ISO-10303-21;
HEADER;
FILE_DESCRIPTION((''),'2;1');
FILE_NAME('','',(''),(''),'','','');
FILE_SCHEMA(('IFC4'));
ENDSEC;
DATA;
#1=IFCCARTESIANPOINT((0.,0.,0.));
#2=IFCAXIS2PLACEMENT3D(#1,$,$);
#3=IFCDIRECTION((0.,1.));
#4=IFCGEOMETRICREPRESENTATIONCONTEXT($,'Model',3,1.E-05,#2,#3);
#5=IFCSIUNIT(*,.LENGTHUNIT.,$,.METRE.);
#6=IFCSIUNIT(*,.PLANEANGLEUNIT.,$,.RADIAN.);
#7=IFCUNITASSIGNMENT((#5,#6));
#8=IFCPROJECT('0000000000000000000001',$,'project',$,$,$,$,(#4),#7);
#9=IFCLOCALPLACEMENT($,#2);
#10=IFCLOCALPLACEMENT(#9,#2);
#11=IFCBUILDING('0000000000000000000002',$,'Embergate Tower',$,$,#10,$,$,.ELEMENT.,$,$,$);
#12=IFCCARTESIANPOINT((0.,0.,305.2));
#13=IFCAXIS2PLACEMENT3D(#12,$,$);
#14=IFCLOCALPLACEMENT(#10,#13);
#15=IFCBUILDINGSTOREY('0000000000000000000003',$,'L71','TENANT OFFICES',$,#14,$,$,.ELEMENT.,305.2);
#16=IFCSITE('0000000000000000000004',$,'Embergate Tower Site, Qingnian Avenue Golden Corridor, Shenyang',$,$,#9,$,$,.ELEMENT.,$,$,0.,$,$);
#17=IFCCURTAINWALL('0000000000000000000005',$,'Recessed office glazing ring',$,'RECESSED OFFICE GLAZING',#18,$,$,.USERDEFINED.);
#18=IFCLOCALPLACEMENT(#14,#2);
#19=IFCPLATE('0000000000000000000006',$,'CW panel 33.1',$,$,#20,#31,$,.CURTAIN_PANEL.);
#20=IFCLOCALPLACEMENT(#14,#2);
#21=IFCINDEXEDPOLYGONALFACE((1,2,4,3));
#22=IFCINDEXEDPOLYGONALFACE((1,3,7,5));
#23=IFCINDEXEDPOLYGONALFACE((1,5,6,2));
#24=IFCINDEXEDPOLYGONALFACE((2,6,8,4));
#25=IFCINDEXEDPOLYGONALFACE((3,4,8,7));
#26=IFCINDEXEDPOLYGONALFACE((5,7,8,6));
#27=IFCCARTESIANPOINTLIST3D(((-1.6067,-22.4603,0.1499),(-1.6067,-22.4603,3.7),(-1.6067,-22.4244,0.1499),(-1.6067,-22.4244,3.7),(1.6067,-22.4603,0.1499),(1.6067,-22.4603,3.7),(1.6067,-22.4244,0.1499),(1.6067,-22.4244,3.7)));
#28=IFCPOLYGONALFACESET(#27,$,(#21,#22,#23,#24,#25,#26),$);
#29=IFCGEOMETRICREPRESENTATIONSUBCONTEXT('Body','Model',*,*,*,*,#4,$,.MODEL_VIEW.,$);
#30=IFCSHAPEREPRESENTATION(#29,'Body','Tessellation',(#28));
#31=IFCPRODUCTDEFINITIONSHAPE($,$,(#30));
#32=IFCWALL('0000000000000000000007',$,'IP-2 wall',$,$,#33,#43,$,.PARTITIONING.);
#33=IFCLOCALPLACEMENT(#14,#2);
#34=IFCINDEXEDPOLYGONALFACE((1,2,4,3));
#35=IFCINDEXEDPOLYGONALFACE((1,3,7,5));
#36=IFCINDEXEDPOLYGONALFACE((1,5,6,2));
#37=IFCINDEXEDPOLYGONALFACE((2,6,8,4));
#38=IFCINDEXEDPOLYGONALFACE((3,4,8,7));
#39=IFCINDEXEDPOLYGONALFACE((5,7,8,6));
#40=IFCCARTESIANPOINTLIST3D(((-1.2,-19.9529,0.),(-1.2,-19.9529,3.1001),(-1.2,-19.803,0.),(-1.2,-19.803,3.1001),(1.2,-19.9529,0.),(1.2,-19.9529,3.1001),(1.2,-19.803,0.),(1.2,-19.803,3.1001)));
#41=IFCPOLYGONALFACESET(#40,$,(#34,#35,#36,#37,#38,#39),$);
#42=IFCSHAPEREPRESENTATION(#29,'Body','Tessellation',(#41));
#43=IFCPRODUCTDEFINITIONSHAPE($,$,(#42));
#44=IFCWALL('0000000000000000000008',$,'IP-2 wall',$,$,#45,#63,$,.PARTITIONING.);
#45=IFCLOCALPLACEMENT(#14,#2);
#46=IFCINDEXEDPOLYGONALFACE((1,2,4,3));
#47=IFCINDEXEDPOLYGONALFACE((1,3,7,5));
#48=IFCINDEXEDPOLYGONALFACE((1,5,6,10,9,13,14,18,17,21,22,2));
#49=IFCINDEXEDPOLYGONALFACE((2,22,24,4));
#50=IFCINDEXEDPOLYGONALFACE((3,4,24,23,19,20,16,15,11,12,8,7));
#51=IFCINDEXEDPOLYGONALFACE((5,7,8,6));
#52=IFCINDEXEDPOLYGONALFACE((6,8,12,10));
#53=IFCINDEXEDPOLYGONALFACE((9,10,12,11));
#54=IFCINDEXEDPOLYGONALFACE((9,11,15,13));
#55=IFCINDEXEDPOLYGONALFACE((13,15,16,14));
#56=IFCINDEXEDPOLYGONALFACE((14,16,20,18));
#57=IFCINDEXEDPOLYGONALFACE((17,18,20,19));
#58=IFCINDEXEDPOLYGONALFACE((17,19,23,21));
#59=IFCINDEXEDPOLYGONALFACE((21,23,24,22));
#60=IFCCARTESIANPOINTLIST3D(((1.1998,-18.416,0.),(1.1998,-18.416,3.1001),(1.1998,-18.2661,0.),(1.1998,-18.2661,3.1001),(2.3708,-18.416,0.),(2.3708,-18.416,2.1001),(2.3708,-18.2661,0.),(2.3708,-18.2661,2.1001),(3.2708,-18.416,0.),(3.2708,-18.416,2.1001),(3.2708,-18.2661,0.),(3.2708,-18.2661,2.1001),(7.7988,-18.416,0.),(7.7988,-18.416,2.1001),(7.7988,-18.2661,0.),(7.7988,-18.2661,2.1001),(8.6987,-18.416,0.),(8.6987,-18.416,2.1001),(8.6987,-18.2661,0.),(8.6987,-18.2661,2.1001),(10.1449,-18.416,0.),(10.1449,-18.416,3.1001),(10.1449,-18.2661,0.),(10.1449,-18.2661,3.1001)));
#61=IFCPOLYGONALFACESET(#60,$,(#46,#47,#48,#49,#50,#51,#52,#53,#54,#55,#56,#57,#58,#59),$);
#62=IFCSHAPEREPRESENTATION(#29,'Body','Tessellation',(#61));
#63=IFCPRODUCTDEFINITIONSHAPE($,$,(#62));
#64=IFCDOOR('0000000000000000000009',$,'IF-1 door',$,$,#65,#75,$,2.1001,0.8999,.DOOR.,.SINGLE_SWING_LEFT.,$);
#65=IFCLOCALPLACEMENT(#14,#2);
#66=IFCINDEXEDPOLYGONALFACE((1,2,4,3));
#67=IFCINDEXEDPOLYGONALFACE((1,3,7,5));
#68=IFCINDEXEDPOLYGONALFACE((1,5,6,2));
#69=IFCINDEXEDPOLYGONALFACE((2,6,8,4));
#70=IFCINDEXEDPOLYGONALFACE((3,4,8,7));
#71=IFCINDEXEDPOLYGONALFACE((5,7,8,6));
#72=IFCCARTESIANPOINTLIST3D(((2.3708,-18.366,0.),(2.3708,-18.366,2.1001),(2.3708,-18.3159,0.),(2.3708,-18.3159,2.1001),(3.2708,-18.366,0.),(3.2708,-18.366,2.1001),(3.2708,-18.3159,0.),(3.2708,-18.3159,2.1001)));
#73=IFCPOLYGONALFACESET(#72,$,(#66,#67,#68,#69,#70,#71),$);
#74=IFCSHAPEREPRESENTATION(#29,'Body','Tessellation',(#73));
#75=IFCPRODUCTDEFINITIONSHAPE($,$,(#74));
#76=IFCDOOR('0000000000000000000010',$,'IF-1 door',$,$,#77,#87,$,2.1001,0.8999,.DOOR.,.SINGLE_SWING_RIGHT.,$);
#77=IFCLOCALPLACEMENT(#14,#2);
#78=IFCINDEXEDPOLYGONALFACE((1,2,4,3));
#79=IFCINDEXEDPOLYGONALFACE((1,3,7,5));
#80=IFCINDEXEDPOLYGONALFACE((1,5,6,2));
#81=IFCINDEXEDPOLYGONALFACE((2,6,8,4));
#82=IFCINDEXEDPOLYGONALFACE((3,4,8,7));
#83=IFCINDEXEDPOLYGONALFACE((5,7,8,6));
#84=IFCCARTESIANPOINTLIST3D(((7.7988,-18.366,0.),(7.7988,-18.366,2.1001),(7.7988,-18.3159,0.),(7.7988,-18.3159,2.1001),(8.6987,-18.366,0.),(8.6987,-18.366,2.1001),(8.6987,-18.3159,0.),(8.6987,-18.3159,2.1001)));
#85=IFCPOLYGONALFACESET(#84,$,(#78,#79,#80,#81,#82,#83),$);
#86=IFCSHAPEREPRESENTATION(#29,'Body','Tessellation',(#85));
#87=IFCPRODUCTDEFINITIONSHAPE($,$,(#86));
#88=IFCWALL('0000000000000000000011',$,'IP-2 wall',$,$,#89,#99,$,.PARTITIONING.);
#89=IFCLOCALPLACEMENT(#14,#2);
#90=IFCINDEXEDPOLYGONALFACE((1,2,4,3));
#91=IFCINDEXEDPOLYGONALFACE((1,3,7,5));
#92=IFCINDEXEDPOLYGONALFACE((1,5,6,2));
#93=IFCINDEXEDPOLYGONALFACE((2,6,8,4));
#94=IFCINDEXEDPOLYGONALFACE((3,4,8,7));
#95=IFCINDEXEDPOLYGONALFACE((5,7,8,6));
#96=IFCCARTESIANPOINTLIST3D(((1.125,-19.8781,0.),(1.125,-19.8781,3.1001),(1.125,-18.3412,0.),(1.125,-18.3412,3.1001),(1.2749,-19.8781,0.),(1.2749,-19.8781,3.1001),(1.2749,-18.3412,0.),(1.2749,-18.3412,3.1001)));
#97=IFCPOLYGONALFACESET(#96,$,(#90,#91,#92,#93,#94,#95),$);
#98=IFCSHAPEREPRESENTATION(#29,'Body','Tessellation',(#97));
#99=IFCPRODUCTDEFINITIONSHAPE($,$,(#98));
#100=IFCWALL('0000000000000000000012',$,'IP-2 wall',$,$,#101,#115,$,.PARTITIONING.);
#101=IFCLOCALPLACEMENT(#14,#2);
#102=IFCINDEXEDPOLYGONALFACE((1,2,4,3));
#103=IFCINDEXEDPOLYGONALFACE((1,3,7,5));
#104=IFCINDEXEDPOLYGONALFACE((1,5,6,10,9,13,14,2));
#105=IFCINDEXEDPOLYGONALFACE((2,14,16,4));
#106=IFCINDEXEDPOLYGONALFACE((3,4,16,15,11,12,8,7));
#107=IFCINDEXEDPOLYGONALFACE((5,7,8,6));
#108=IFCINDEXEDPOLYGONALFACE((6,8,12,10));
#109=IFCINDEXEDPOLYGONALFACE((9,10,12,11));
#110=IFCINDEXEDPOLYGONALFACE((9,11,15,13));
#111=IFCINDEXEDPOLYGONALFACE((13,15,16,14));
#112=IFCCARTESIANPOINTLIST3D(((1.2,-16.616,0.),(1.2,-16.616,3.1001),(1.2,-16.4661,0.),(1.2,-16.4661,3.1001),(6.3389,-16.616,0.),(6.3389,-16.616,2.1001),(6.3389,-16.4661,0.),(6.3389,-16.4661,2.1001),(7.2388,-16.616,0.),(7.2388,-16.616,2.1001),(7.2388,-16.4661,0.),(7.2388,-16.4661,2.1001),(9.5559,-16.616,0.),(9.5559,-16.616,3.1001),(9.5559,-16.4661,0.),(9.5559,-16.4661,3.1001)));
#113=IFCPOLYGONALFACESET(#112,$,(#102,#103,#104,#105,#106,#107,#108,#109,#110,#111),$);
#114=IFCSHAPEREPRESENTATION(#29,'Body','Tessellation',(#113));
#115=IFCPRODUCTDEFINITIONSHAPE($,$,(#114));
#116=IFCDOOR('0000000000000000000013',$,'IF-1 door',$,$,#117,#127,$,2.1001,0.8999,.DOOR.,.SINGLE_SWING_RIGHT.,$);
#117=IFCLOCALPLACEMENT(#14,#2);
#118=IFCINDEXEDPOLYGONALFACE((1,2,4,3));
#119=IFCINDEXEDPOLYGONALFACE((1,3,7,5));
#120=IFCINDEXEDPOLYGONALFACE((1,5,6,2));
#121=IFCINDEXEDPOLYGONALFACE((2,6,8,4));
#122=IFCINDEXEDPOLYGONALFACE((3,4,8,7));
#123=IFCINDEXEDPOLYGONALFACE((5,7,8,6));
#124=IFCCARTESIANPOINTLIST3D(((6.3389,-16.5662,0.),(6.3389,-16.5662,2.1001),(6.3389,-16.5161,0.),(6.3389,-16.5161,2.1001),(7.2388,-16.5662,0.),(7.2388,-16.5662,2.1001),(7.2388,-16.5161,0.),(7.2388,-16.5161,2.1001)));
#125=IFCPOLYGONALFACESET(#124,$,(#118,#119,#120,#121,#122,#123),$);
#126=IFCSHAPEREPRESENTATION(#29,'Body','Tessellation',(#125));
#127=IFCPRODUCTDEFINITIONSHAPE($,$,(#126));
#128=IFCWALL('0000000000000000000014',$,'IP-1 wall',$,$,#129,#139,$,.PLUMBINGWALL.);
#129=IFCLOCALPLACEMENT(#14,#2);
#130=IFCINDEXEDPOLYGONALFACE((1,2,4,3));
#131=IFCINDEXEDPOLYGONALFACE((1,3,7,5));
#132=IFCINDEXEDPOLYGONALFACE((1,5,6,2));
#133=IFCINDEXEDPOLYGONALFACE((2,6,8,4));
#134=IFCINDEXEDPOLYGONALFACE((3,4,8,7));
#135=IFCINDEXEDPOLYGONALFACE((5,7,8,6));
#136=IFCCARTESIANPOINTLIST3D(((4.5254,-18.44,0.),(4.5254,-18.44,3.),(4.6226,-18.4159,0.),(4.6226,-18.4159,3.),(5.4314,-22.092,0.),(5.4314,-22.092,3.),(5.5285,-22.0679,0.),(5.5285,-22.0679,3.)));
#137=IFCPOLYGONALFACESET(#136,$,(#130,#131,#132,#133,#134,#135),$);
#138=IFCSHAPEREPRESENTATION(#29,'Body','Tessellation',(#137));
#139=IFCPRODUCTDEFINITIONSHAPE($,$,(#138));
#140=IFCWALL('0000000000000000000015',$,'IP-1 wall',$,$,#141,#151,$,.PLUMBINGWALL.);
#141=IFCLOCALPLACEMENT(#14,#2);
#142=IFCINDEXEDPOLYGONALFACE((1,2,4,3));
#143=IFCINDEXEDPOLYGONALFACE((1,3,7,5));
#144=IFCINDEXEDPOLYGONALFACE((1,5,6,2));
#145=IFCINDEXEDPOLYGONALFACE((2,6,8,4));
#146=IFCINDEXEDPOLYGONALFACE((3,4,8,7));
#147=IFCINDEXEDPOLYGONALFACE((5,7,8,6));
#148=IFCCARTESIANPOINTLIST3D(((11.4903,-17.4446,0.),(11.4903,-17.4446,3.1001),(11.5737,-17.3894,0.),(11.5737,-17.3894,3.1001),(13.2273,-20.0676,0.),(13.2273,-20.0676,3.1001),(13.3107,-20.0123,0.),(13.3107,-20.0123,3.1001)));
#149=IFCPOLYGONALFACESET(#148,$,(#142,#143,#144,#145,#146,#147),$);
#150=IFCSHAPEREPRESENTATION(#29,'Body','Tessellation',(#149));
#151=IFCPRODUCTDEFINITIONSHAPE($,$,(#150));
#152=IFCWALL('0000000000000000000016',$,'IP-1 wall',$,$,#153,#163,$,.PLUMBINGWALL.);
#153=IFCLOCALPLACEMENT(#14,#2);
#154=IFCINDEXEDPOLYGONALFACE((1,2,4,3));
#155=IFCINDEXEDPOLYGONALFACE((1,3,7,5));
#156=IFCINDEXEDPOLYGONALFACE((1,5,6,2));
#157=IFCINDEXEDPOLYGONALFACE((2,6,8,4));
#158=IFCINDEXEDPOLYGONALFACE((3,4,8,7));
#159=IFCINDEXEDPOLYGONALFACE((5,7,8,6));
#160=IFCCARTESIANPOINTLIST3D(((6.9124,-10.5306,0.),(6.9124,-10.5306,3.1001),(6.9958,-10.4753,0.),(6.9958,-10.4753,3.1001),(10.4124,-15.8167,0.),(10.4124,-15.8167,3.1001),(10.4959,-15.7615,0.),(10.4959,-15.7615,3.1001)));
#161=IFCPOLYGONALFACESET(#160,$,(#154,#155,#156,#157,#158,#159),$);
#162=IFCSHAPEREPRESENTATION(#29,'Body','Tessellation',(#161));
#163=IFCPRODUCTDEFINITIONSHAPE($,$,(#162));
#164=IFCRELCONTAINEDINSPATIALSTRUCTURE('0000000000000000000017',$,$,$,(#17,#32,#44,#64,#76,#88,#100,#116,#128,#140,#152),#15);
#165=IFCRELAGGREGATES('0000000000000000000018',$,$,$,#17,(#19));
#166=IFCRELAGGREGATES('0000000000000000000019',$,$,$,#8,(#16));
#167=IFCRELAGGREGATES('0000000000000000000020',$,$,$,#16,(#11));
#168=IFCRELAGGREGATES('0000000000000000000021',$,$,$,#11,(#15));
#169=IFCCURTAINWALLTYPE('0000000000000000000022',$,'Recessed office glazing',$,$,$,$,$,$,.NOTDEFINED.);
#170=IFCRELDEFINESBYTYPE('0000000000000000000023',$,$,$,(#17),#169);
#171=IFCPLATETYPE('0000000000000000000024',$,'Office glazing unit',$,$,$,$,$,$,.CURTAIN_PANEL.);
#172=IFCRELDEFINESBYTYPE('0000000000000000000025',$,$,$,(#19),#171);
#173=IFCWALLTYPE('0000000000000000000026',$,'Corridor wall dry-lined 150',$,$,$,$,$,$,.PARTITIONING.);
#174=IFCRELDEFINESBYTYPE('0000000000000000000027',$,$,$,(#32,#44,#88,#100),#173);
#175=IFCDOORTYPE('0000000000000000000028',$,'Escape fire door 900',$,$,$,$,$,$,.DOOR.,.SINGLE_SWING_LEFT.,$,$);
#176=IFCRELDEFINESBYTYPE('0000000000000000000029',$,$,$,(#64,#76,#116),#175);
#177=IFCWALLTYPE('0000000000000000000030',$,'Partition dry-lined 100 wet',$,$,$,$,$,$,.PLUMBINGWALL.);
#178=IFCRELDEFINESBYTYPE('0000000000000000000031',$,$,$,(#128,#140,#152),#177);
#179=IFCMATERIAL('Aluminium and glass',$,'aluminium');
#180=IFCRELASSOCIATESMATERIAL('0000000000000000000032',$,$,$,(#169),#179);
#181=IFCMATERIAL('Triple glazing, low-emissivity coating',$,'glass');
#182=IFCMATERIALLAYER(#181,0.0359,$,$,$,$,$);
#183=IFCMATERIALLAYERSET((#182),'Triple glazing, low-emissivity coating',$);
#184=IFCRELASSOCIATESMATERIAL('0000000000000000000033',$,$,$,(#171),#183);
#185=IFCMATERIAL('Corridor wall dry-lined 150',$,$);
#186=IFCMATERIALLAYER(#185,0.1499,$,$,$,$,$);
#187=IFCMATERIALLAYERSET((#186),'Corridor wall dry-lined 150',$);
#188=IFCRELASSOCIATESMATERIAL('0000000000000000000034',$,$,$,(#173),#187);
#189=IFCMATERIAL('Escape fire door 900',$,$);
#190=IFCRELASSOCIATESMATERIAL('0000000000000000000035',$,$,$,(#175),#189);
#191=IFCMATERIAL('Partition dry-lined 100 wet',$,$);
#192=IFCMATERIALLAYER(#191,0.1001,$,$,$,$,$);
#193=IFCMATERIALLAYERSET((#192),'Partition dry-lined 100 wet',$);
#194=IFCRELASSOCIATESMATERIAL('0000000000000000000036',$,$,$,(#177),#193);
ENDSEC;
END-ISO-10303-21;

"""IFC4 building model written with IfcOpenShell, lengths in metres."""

from ifc_helpers import new_model, si_unit, direction, frame, frame_2d, origin, origin_2d, place, context, subcontext, project, spatial, rectangle, extrude, source, transform, mapped, material, layer, layer_set, type_object, element, fill, aggregate, save


model = new_model("IFC4")

# Units and contexts
model_context = context("Model", 3, precision=1e-05, world=origin(), true_north=direction((0.0, 1.0)))
body_context = subcontext(model_context, "Body", "Model", "MODEL_VIEW")
ifc_project = project(units=[si_unit("LENGTHUNIT", "METRE"), si_unit("PLANEANGLEUNIT", "RADIAN")], contexts=[model_context])

# Site, building, storey
site_placement = place(None, origin())
site = spatial("IfcSite", under=ifc_project, at=site_placement, Name="Embergate Tower Site, Qingnian Avenue Golden Corridor, Shenyang", CompositionType="ELEMENT", RefElevation=0.0)
building_placement = place(site_placement, origin())
building = spatial("IfcBuilding", under=site, at=building_placement, Name="Embergate Tower", CompositionType="ELEMENT")
storey_placement = place(building_placement, frame((0.0, 0.0, 305.2)))
storey = spatial("IfcBuildingStorey", under=building, at=storey_placement, Name="L71", Description="TENANT OFFICES", CompositionType="ELEMENT", Elevation=305.2)

# Curtain wall
ifc_material_1 = material(Name="Aluminium and glass", Category="aluminium")
curtain_wall_type = type_object("IfcCurtainWallType", Name="Recessed office glazing", PredefinedType="NOTDEFINED", material=ifc_material_1)
curtain_wall_placement = place(storey_placement, origin())
curtain_wall = element("IfcCurtainWall", 1, at=curtain_wall_placement, inside=storey, type_object=curtain_wall_type, Name="Recessed office glazing ring", ObjectType="RECESSED OFFICE GLAZING", PredefinedType="USERDEFINED")

# Plate
ifc_material_2 = material(Name="Triple glazing, low-emissivity coating", Category="glass")
ifc_layer_1 = layer(ifc_material_2, 0.0359)
ifc_layer_set_1 = layer_set([ifc_layer_1], Name="Triple glazing, low-emissivity coating")
plate_type = type_object("IfcPlateType", Name="Office glazing unit", PredefinedType="CURTAIN_PANEL", material=ifc_layer_set_1)
shared_shape_1 = source(origin(), body_context, "Body", "SweptSolid", [
    extrude(rectangle(XDim=3.2134, YDim=0.0359, at=origin_2d()), origin(), (0.0, 0.0, 1.0), 3.55),
])
plate_1_placement = place(storey_placement, frame((0.0, -22.4424, 0.1499), z_axis=(0.0, 0.0, 1.0), x_axis=(1.0, 0.0, 0.0)))
plate_1 = element("IfcPlate", 2, at=plate_1_placement, type_object=plate_type, Name="CW panel 33.1", PredefinedType="CURTAIN_PANEL", context=body_context, shape_type="MappedRepresentation", body=[
    mapped(shared_shape_1, transform((0.0, 0.0, 0.0))),
])
aggregate(curtain_wall, [plate_1])

# Wall
ifc_material_3 = material(Name="Corridor wall dry-lined 150")
ifc_layer_2 = layer(ifc_material_3, 0.1499)
ifc_layer_set_2 = layer_set([ifc_layer_2], Name="Corridor wall dry-lined 150")
wall_type_1 = type_object("IfcWallType", Name="Corridor wall dry-lined 150", PredefinedType="PARTITIONING", material=ifc_layer_set_2)
shared_shape_2 = source(origin(), body_context, "Body", "SweptSolid", [
    extrude(rectangle(XDim=2.3999, YDim=0.1499, at=frame_2d((1.2, 0.0))), origin(), (0.0, 0.0, 1.0), 3.1001),
])
wall_1_placement = place(storey_placement, frame((1.2, -19.8779, 0.0), z_axis=(0.0, 0.0, 1.0), x_axis=(-1.0, 0.0, 0.0)))
element("IfcWall", 3, at=wall_1_placement, inside=storey, type_object=wall_type_1, Name="IP-2 wall", PredefinedType="PARTITIONING", context=body_context, shape_type="MappedRepresentation", body=[
    mapped(shared_shape_2, transform((0.0, 0.0, 0.0))),
])

# Wall, openings, doors
shared_shape_3 = source(origin(), body_context, "Body", "SweptSolid", [
    extrude(rectangle(XDim=8.9451, YDim=0.1499, at=frame_2d((4.4727, 0.0))), origin(), (0.0, 0.0, 1.0), 3.1001),
])
wall_2_placement = place(storey_placement, frame((10.145, -18.3411, 0.0), z_axis=(0.0, 0.0, 1.0), x_axis=(-1.0, 0.0, 0.0)))
wall_2 = element("IfcWall", 4, at=wall_2_placement, inside=storey, type_object=wall_type_1, Name="IP-2 wall", PredefinedType="PARTITIONING", context=body_context, shape_type="MappedRepresentation", body=[
    mapped(shared_shape_3, transform((0.0, 0.0, 0.0))),
])
shared_shape_4 = source(origin(), body_context, "Body", "SweptSolid", [
    extrude(rectangle(XDim=0.8999, YDim=2.1001, at=frame_2d((0.45, 1.05))), frame((0.0, 0.085, 0.0), z_axis=(0.0, -1.0, 0.0), x_axis=(1.0, 0.0, 0.0)), (0.0, 0.0, 1.0), 0.1699),
])
opening_1_placement = place(wall_2_placement, frame((6.8743, 0.0, 0.0)))
opening_1 = element("IfcOpeningElement", 5, at=opening_1_placement, cuts=wall_2, PredefinedType="OPENING", context=body_context, shape_type="MappedRepresentation", body=[
    mapped(shared_shape_4, transform((0.0, 0.0, 0.0))),
])
opening_2_placement = place(wall_2_placement, frame((1.4463, 0.0, 0.0)))
opening_2 = element("IfcOpeningElement", 6, at=opening_2_placement, cuts=wall_2, PredefinedType="OPENING", context=body_context, shape_type="MappedRepresentation", body=[
    mapped(shared_shape_4, transform((0.0, 0.0, 0.0))),
])
ifc_material_4 = material(Name="Escape fire door 900")
door_type = type_object("IfcDoorType", Name="Escape fire door 900", OperationType="SINGLE_SWING_LEFT", PredefinedType="DOOR", material=ifc_material_4)
shared_shape_5 = source(origin(), body_context, "Body", "SweptSolid", [
    extrude(rectangle(XDim=0.8999, YDim=2.1001, at=frame_2d((0.45, 1.05))), frame((0.0, 0.0249, 0.0), z_axis=(0.0, -1.0, 0.0), x_axis=(1.0, 0.0, 0.0)), (0.0, 0.0, 1.0), 0.05),
])
door_1_placement = place(opening_1_placement, origin())
door_1 = element("IfcDoor", 7, at=door_1_placement, inside=storey, type_object=door_type, Name="IF-1 door", OperationType="SINGLE_SWING_LEFT", OverallHeight=2.1001, OverallWidth=0.8999, PredefinedType="DOOR", context=body_context, shape_type="MappedRepresentation", body=[
    mapped(shared_shape_5, transform((0.0, 0.0, 0.0))),
])
fill(opening_1, door_1)
door_2_placement = place(opening_2_placement, origin())
door_2 = element("IfcDoor", 8, at=door_2_placement, inside=storey, type_object=door_type, Name="IF-1 door", OperationType="SINGLE_SWING_RIGHT", OverallHeight=2.1001, OverallWidth=0.8999, PredefinedType="DOOR", context=body_context, shape_type="MappedRepresentation", body=[
    mapped(shared_shape_5, transform((0.0, 0.0, 0.0))),
])
fill(opening_2, door_2)

# Wall
shared_shape_6 = source(origin(), body_context, "Body", "SweptSolid", [
    extrude(rectangle(XDim=1.5369, YDim=0.1499, at=frame_2d((0.7686, 0.0))), origin(), (0.0, 0.0, 1.0), 3.1001),
])
wall_3_placement = place(storey_placement, frame((1.2, -18.3411, 0.0), z_axis=(0.0, 0.0, 1.0), x_axis=(0.0, -1.0, 0.0)))
element("IfcWall", 9, at=wall_3_placement, inside=storey, type_object=wall_type_1, Name="IP-2 wall", PredefinedType="PARTITIONING", context=body_context, shape_type="MappedRepresentation", body=[
    mapped(shared_shape_6, transform((0.0, 0.0, 0.0))),
])

# Wall, opening, door
shared_shape_7 = source(origin(), body_context, "Body", "SweptSolid", [
    extrude(rectangle(XDim=8.356, YDim=0.1499, at=frame_2d((4.178, 0.0))), origin(), (0.0, 0.0, 1.0), 3.1001),
])
wall_4_placement = place(storey_placement, frame((1.2, -16.541, 0.0), z_axis=(0.0, 0.0, 1.0), x_axis=(1.0, 0.0, 0.0)))
wall_4 = element("IfcWall", 10, at=wall_4_placement, inside=storey, type_object=wall_type_1, Name="IP-2 wall", PredefinedType="PARTITIONING", context=body_context, shape_type="MappedRepresentation", body=[
    mapped(shared_shape_7, transform((0.0, 0.0, 0.0))),
])
opening_3_placement = place(wall_4_placement, frame((5.1389, 0.0, 0.0)))
opening_3 = element("IfcOpeningElement", 11, at=opening_3_placement, cuts=wall_4, PredefinedType="OPENING", context=body_context, shape_type="MappedRepresentation", body=[
    mapped(shared_shape_4, transform((0.0, 0.0, 0.0))),
])
door_3_placement = place(opening_3_placement, origin())
door_3 = element("IfcDoor", 12, at=door_3_placement, inside=storey, type_object=door_type, Name="IF-1 door", OperationType="SINGLE_SWING_RIGHT", OverallHeight=2.1001, OverallWidth=0.8999, PredefinedType="DOOR", context=body_context, shape_type="MappedRepresentation", body=[
    mapped(shared_shape_5, transform((0.0, 0.0, 0.0))),
])
fill(opening_3, door_3)

# Walls
ifc_material_5 = material(Name="Partition dry-lined 100 wet")
ifc_layer_3 = layer(ifc_material_5, 0.1001)
ifc_layer_set_3 = layer_set([ifc_layer_3], Name="Partition dry-lined 100 wet")
wall_type_2 = type_object("IfcWallType", Name="Partition dry-lined 100 wet", PredefinedType="PLUMBINGWALL", material=ifc_layer_set_3)
shared_shape_8 = source(origin(), body_context, "Body", "SweptSolid", [
    extrude(rectangle(XDim=3.7627, YDim=0.1001, at=frame_2d((1.8813, 0.0))), origin(), (0.0, 0.0, 1.0), 3.0),
])
wall_5_placement = place(storey_placement, frame((4.574, -18.428, 0.0), z_axis=(0.0, 0.0, 1.0), x_axis=(0.24078, -0.97058, 0.0)))
element("IfcWall", 13, at=wall_5_placement, inside=storey, type_object=wall_type_2, Name="IP-1 wall", PredefinedType="PLUMBINGWALL", context=body_context, shape_type="MappedRepresentation", body=[
    mapped(shared_shape_8, transform((0.0, 0.0, 0.0))),
])
shared_shape_9 = source(origin(), body_context, "Body", "SweptSolid", [
    extrude(rectangle(XDim=3.146, YDim=0.1001, at=frame_2d((1.573, 0.0))), origin(), (0.0, 0.0, 1.0), 3.1001),
])
wall_6_placement = place(storey_placement, frame((11.532, -17.417, 0.0), z_axis=(0.0, 0.0, 1.0), x_axis=(0.552137, -0.833754, 0.0)))
element("IfcWall", 14, at=wall_6_placement, inside=storey, type_object=wall_type_2, Name="IP-1 wall", PredefinedType="PLUMBINGWALL", context=body_context, shape_type="MappedRepresentation", body=[
    mapped(shared_shape_9, transform((0.0, 0.0, 0.0))),
])
shared_shape_10 = source(origin(), body_context, "Body", "SweptSolid", [
    extrude(rectangle(XDim=6.3398, YDim=0.1001, at=frame_2d((3.1699, 0.0))), origin(), (0.0, 0.0, 1.0), 3.1001),
])
wall_7_placement = place(storey_placement, frame((6.9541, -10.5029, 0.0), z_axis=(0.0, 0.0, 1.0), x_axis=(0.552067, -0.8338, 0.0)))
element("IfcWall", 15, at=wall_7_placement, inside=storey, type_object=wall_type_2, Name="IP-1 wall", PredefinedType="PLUMBINGWALL", context=body_context, shape_type="MappedRepresentation", body=[
    mapped(shared_shape_10, transform((0.0, 0.0, 0.0))),
])

save(model, "model.ifc")
